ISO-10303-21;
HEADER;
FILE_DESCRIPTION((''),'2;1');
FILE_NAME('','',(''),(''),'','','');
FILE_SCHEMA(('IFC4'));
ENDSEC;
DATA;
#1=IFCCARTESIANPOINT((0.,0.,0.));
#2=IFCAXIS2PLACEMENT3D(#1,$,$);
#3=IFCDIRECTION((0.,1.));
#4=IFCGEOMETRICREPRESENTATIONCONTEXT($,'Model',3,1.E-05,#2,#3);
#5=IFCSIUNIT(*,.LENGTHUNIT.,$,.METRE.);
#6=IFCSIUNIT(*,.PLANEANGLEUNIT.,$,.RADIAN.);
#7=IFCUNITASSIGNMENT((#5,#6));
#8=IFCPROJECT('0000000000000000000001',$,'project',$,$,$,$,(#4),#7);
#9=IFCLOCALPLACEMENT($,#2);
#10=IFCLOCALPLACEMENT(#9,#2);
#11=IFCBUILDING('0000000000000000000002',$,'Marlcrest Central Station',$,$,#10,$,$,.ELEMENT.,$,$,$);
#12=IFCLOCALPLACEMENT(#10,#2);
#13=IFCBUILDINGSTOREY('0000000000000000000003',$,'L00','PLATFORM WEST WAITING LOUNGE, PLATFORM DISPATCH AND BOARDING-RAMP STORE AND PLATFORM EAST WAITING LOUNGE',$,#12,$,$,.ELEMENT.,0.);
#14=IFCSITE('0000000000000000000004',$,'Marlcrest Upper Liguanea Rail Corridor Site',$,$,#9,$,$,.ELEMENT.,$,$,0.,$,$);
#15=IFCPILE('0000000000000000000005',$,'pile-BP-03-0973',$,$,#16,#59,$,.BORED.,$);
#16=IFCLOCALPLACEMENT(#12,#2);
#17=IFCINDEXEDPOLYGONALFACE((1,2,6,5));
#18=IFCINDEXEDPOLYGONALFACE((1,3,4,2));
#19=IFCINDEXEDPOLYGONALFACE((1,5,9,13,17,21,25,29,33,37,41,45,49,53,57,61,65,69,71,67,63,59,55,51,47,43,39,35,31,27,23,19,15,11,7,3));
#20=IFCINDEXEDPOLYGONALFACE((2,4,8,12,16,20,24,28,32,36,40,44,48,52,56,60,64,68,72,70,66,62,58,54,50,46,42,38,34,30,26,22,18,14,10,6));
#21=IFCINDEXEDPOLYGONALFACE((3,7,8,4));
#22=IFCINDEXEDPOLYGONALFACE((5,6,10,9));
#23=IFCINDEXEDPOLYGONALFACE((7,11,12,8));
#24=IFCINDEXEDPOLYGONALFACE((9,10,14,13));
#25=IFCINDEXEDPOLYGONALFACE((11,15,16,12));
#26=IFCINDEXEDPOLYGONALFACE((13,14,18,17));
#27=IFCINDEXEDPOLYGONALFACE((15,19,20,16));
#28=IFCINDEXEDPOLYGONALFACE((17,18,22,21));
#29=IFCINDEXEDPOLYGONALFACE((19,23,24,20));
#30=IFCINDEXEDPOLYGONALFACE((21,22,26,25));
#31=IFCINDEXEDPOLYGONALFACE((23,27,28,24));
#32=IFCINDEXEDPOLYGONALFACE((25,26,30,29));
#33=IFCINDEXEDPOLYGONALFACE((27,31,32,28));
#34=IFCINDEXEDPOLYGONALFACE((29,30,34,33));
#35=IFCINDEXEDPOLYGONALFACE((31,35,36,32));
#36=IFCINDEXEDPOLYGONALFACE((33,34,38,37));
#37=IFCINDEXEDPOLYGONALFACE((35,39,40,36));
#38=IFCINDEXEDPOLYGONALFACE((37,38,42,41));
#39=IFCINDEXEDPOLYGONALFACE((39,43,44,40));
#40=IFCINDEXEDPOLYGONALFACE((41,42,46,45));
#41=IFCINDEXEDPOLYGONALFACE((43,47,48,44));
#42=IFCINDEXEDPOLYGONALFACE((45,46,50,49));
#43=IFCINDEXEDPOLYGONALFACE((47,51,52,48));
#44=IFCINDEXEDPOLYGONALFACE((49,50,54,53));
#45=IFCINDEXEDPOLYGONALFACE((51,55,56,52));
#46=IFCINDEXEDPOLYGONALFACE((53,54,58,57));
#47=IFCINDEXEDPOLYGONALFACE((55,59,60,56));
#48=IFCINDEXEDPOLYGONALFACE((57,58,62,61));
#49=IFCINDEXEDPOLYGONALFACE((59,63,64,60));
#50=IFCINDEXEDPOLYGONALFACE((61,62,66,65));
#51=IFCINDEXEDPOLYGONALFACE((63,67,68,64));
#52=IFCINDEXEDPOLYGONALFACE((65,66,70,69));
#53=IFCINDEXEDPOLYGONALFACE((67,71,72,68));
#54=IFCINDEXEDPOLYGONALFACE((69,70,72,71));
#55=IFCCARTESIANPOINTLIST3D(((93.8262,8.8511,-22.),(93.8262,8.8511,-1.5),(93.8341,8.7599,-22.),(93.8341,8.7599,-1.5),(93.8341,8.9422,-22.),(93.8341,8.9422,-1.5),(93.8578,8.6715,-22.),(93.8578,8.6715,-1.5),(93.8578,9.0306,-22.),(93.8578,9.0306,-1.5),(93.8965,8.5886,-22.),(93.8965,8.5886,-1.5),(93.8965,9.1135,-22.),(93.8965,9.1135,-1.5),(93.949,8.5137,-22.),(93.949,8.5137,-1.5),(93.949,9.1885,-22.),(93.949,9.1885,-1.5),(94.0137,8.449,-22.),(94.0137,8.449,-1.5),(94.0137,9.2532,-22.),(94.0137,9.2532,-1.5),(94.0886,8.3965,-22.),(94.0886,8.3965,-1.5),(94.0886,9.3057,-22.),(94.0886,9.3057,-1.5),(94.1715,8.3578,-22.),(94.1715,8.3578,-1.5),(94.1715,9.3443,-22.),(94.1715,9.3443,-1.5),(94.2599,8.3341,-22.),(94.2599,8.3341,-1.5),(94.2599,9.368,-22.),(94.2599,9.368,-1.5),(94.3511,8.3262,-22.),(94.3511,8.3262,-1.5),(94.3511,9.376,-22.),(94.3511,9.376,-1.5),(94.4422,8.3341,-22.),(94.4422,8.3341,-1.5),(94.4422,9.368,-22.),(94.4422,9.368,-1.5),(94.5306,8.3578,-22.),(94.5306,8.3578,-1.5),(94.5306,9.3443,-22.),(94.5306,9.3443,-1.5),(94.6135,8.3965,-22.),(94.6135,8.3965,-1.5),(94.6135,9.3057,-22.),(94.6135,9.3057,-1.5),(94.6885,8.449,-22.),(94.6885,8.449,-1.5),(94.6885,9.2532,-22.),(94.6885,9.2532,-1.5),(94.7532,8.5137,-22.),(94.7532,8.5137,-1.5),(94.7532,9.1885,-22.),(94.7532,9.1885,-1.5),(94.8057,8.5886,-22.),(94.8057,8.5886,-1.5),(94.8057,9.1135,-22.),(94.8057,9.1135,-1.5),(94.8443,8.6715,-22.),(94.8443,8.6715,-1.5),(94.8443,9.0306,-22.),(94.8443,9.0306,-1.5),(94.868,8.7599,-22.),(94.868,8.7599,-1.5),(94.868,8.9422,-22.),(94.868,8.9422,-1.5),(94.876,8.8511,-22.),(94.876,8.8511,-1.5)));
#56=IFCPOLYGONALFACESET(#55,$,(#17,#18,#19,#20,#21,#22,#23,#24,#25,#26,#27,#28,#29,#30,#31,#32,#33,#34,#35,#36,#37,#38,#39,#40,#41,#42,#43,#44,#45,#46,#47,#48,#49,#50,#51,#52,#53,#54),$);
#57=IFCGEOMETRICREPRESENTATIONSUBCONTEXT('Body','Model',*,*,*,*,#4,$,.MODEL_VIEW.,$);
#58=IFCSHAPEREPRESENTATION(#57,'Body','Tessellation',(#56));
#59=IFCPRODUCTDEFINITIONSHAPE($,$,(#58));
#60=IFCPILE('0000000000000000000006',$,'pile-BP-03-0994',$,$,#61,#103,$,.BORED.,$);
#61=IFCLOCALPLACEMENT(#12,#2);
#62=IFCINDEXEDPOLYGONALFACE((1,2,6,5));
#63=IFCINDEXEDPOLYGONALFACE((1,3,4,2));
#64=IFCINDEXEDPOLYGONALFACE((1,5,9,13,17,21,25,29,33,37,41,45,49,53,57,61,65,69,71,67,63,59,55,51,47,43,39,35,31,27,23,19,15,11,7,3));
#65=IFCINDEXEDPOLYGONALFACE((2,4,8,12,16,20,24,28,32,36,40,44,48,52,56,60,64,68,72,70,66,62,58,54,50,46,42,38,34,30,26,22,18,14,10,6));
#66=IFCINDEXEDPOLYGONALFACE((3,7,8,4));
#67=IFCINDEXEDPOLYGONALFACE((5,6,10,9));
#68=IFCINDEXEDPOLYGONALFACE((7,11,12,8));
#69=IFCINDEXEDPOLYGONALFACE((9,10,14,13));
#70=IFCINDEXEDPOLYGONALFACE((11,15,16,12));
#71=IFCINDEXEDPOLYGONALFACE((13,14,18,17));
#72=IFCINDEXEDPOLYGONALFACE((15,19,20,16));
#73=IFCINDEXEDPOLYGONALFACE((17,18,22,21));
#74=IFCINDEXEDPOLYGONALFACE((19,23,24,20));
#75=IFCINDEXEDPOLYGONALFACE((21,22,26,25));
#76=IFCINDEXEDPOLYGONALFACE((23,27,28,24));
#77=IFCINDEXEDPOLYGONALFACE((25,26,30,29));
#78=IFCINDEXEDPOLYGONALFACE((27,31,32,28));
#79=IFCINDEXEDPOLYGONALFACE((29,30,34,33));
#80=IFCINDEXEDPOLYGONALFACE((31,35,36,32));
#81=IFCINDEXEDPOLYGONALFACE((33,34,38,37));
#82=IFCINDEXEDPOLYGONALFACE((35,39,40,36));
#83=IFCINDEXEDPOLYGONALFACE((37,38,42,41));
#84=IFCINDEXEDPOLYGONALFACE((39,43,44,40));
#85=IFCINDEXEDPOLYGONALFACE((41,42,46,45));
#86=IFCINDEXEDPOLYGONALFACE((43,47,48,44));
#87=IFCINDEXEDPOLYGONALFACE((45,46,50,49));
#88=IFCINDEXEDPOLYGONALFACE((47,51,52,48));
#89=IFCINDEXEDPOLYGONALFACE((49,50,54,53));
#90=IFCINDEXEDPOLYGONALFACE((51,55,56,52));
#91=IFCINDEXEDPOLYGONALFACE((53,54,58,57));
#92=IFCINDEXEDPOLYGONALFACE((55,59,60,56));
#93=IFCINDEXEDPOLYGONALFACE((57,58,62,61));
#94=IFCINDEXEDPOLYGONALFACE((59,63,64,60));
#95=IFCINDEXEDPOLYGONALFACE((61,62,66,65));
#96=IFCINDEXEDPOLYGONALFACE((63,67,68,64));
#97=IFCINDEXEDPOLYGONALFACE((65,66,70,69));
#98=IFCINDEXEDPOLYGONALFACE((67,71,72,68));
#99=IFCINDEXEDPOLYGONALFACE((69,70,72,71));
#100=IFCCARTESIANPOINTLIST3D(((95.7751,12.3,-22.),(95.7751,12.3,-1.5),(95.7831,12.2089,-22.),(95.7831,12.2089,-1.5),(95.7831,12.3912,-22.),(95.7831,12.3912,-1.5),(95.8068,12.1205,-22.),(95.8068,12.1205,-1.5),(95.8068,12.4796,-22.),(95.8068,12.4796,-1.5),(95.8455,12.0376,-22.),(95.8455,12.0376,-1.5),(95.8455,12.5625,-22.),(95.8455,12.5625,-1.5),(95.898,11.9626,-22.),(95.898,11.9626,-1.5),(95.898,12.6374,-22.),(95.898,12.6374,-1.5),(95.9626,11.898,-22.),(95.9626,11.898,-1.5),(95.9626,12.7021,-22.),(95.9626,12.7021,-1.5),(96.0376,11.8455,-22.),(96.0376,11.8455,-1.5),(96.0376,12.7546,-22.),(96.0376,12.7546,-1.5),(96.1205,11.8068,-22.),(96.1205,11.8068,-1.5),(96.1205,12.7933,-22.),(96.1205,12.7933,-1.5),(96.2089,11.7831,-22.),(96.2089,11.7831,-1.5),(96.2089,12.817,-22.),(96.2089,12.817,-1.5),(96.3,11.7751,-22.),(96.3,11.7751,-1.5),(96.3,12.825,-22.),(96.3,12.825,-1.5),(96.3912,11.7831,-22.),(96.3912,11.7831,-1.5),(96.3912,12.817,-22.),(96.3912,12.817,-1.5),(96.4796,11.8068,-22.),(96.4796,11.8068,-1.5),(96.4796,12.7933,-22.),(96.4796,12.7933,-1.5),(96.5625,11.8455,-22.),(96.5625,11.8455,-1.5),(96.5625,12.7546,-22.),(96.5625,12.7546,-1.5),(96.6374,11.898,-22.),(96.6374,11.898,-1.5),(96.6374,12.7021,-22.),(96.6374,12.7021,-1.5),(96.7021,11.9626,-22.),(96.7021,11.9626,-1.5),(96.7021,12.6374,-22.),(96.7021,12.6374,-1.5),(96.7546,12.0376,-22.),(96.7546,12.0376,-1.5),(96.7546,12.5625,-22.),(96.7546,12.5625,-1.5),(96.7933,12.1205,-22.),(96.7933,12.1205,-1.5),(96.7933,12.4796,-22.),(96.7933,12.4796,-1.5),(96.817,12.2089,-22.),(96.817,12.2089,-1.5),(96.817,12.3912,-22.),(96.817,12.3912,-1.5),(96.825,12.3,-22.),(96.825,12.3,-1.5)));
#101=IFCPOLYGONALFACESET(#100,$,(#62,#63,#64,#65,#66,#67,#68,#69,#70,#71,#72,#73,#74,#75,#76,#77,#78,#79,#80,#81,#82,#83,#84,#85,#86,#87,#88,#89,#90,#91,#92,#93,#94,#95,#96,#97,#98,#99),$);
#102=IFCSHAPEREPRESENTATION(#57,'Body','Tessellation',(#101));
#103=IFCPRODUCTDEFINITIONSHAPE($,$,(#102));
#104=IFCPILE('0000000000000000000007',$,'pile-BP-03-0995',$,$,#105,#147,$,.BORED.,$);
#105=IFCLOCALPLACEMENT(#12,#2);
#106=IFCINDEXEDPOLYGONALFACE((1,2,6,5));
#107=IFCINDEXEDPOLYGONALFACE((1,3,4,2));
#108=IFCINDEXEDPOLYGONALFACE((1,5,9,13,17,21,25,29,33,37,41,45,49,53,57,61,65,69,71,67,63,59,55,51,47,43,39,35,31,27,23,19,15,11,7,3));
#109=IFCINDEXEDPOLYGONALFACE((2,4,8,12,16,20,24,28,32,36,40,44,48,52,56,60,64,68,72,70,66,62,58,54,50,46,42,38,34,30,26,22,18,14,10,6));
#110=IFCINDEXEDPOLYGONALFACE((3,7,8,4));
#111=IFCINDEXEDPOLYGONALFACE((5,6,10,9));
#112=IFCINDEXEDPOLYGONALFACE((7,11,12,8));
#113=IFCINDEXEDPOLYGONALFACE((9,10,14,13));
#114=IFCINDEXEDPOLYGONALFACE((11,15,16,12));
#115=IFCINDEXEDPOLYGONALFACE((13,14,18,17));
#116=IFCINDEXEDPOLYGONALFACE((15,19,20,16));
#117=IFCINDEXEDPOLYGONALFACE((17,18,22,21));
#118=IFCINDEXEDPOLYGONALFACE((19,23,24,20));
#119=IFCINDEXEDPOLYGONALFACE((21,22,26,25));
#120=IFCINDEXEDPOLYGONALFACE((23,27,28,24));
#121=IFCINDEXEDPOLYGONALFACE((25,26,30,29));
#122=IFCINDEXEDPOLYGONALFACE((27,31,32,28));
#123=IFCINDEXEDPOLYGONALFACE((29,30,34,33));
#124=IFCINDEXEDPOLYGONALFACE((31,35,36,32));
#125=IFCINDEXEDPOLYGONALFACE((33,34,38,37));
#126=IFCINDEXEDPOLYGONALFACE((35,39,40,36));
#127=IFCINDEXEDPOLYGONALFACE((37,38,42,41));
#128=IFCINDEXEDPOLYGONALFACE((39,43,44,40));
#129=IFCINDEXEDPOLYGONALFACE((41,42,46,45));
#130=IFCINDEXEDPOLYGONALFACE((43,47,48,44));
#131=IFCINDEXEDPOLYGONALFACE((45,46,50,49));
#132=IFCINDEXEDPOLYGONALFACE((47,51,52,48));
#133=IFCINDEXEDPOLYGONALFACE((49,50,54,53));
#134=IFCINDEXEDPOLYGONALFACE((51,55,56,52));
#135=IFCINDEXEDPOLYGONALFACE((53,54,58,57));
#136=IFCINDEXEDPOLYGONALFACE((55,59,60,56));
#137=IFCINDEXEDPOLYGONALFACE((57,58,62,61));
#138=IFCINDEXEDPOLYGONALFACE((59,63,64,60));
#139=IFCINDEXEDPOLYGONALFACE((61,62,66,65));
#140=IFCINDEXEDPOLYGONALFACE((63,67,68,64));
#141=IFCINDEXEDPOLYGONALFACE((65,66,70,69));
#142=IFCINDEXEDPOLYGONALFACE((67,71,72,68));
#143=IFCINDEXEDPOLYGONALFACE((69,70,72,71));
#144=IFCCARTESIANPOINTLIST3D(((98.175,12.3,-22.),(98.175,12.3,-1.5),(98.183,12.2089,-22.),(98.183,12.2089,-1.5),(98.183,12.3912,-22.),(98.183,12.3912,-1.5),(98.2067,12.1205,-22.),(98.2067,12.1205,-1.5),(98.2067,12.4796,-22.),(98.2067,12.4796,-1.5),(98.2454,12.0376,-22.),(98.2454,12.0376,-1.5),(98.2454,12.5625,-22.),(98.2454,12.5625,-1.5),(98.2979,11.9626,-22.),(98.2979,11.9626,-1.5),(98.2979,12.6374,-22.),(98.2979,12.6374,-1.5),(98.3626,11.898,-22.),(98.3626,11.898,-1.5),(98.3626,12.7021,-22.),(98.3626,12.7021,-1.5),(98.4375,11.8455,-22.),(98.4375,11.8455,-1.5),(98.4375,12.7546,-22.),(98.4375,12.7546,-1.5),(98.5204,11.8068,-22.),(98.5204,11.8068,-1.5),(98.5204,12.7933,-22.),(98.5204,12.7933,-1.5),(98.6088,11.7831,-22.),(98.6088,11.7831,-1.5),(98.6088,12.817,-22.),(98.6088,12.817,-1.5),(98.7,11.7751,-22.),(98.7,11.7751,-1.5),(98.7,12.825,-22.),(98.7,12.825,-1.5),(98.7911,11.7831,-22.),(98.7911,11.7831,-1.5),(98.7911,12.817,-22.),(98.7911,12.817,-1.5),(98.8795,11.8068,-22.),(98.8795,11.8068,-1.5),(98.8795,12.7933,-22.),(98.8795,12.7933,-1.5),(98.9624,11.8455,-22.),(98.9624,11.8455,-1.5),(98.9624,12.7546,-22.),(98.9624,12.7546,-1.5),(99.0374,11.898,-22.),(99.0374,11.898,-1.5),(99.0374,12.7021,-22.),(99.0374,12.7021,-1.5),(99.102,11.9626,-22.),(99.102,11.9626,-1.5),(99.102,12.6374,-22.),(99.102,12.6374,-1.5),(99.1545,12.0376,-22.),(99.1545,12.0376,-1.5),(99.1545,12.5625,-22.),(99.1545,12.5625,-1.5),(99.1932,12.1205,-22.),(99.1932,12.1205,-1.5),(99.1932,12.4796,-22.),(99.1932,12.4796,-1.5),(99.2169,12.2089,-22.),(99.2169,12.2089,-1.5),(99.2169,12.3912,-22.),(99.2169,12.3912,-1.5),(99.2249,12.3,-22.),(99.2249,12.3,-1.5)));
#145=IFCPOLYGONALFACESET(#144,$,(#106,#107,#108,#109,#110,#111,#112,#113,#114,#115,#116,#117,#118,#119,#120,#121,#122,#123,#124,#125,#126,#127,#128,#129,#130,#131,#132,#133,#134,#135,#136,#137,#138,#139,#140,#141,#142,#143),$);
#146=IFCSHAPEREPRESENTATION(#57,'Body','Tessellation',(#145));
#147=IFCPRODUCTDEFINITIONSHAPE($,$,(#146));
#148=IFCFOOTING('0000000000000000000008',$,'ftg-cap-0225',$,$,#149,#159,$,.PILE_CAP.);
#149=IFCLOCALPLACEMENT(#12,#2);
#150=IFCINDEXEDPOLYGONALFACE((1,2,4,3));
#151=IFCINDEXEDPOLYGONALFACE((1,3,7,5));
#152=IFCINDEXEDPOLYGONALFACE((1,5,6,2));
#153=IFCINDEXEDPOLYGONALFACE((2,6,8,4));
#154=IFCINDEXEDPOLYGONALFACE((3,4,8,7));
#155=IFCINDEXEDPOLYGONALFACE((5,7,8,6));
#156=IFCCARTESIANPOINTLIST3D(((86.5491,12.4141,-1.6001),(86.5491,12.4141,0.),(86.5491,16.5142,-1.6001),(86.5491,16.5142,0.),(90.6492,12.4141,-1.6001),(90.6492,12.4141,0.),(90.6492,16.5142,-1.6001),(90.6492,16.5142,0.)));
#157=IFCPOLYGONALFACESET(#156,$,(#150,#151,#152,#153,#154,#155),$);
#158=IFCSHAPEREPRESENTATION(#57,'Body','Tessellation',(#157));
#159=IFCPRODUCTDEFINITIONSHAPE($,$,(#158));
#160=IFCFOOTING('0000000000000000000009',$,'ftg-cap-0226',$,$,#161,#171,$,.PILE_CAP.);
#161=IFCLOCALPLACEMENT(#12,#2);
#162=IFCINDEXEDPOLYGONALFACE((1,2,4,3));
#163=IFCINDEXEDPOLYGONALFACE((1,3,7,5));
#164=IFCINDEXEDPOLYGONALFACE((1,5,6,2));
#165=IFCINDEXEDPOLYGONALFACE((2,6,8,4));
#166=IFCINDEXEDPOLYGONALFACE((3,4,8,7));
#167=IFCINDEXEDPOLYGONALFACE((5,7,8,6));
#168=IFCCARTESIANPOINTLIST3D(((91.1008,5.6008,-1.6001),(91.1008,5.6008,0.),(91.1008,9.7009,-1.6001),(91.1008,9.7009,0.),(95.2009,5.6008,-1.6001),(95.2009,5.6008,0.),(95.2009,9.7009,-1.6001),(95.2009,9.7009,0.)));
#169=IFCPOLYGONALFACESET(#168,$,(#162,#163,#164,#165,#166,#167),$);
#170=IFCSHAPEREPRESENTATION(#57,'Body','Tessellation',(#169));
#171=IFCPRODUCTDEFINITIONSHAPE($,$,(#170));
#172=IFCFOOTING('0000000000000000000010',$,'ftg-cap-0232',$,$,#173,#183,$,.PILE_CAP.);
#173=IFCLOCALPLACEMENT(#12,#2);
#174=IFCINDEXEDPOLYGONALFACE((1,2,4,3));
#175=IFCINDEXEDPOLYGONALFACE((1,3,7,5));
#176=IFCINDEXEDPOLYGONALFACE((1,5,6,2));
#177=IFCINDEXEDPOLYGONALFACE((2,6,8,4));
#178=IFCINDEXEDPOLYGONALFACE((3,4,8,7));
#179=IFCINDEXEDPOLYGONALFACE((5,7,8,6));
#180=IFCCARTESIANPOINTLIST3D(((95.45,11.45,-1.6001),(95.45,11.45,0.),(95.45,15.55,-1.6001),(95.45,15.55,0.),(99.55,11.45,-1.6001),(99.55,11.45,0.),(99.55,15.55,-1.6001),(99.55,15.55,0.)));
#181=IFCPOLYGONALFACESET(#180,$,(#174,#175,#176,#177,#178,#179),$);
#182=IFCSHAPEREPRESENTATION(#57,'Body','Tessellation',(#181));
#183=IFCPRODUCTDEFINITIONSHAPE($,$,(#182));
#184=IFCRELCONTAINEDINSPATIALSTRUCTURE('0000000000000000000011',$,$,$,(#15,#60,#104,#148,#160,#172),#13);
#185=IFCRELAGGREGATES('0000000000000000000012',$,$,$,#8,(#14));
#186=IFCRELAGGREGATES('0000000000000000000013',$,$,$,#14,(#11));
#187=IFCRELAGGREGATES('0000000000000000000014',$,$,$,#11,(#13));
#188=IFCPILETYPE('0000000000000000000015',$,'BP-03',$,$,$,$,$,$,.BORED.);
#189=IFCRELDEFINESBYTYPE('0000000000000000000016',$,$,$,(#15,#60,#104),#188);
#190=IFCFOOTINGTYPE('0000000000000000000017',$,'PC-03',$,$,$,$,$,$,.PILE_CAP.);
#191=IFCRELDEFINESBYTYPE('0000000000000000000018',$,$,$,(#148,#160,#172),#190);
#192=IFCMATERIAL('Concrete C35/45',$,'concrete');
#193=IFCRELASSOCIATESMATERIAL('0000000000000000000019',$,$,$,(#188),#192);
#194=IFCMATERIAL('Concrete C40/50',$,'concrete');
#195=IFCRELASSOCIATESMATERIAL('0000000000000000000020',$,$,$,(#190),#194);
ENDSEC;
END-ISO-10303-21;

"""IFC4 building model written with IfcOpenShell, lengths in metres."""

from ifc_helpers import new_model, si_unit, direction, frame, origin, origin_2d, place, context, subcontext, project, spatial, rectangle, circle, extrude, material, material_profile, profile_set, type_object, element, save


model = new_model("IFC4")

# Units and contexts
model_context = context("Model", 3, precision=1e-05, world=origin(), true_north=direction((0.0, 1.0)))
body_context = subcontext(model_context, "Body", "Model", "MODEL_VIEW")
ifc_project = project(units=[si_unit("LENGTHUNIT", "METRE"), si_unit("PLANEANGLEUNIT", "RADIAN")], contexts=[model_context])

# Site, building, storey
site_placement = place(None, origin())
site = spatial("IfcSite", under=ifc_project, at=site_placement, Name="Marlcrest Upper Liguanea Rail Corridor Site", CompositionType="ELEMENT", RefElevation=0.0)
building_placement = place(site_placement, origin())
building = spatial("IfcBuilding", under=site, at=building_placement, Name="Marlcrest Central Station", CompositionType="ELEMENT")
storey_placement = place(building_placement, origin())
storey = spatial("IfcBuildingStorey", under=building, at=storey_placement, Name="L00", Description="PLATFORM WEST WAITING LOUNGE, PLATFORM DISPATCH AND BOARDING-RAMP STORE AND PLATFORM EAST WAITING LOUNGE", CompositionType="ELEMENT", Elevation=0.0)

# Piles
ifc_material_1 = material(Name="Concrete C35/45", Category="concrete")
ifc_material_profile_1 = material_profile(ifc_material_1, circle(Radius=0.5249, at=origin_2d()), Name="PILE D1050")
ifc_profile_set_1 = profile_set([ifc_material_profile_1], Name="Concrete C35/45")
pile_type = type_object("IfcPileType", Name="BP-03", PredefinedType="BORED", material=ifc_profile_set_1)
for number, where, z_axis, x_axis, name in (
    (1, (94.3511, 8.8511, -1.5), (0.0, 0.0, -1.0), (1.0, 0.0, 0.0), "pile-BP-03-0973"),
    (2, (96.3, 12.3, -1.5), (0.0, 0.0, -1.0), (1.0, 0.0, 0.0), "pile-BP-03-0994"),
    (3, (98.7, 12.3, -1.5), (0.0, 0.0, -1.0), (1.0, 0.0, 0.0), "pile-BP-03-0995"),
):
    element("IfcPile", number, at=place(storey_placement, frame(where, z_axis=z_axis, x_axis=x_axis)), inside=storey, type_object=pile_type, Name=name, PredefinedType="BORED", context=body_context, shape_type="SweptSolid", body=[
        extrude(circle(Radius=0.5249, at=origin_2d()), origin(), (0.0, 0.0, 1.0), 20.5),
    ])

# Footings
ifc_material_2 = material(Name="Concrete C40/50", Category="concrete")
footing_type = type_object("IfcFootingType", Name="PC-03", PredefinedType="PILE_CAP", material=ifc_material_2)
for number, where, z_axis, x_axis, name in (
    (4, (88.5991, 14.4641, -1.6001), (0.0, 0.0, 1.0), (1.0, 0.0, 0.0), "ftg-cap-0225"),
    (5, (93.1509, 7.6509, -1.6001), (0.0, 0.0, 1.0), (1.0, 0.0, 0.0), "ftg-cap-0226"),
    (6, (97.5, 13.5, -1.6001), (0.0, 0.0, 1.0), (1.0, 0.0, 0.0), "ftg-cap-0232"),
):
    element("IfcFooting", number, at=place(storey_placement, frame(where, z_axis=z_axis, x_axis=x_axis)), inside=storey, type_object=footing_type, Name=name, PredefinedType="PILE_CAP", context=body_context, shape_type="SweptSolid", body=[
        extrude(rectangle(XDim=4.1001, YDim=4.1001, at=origin_2d()), origin(), (0.0, 0.0, 1.0), 1.6001),
    ])

save(model, "model.ifc")
